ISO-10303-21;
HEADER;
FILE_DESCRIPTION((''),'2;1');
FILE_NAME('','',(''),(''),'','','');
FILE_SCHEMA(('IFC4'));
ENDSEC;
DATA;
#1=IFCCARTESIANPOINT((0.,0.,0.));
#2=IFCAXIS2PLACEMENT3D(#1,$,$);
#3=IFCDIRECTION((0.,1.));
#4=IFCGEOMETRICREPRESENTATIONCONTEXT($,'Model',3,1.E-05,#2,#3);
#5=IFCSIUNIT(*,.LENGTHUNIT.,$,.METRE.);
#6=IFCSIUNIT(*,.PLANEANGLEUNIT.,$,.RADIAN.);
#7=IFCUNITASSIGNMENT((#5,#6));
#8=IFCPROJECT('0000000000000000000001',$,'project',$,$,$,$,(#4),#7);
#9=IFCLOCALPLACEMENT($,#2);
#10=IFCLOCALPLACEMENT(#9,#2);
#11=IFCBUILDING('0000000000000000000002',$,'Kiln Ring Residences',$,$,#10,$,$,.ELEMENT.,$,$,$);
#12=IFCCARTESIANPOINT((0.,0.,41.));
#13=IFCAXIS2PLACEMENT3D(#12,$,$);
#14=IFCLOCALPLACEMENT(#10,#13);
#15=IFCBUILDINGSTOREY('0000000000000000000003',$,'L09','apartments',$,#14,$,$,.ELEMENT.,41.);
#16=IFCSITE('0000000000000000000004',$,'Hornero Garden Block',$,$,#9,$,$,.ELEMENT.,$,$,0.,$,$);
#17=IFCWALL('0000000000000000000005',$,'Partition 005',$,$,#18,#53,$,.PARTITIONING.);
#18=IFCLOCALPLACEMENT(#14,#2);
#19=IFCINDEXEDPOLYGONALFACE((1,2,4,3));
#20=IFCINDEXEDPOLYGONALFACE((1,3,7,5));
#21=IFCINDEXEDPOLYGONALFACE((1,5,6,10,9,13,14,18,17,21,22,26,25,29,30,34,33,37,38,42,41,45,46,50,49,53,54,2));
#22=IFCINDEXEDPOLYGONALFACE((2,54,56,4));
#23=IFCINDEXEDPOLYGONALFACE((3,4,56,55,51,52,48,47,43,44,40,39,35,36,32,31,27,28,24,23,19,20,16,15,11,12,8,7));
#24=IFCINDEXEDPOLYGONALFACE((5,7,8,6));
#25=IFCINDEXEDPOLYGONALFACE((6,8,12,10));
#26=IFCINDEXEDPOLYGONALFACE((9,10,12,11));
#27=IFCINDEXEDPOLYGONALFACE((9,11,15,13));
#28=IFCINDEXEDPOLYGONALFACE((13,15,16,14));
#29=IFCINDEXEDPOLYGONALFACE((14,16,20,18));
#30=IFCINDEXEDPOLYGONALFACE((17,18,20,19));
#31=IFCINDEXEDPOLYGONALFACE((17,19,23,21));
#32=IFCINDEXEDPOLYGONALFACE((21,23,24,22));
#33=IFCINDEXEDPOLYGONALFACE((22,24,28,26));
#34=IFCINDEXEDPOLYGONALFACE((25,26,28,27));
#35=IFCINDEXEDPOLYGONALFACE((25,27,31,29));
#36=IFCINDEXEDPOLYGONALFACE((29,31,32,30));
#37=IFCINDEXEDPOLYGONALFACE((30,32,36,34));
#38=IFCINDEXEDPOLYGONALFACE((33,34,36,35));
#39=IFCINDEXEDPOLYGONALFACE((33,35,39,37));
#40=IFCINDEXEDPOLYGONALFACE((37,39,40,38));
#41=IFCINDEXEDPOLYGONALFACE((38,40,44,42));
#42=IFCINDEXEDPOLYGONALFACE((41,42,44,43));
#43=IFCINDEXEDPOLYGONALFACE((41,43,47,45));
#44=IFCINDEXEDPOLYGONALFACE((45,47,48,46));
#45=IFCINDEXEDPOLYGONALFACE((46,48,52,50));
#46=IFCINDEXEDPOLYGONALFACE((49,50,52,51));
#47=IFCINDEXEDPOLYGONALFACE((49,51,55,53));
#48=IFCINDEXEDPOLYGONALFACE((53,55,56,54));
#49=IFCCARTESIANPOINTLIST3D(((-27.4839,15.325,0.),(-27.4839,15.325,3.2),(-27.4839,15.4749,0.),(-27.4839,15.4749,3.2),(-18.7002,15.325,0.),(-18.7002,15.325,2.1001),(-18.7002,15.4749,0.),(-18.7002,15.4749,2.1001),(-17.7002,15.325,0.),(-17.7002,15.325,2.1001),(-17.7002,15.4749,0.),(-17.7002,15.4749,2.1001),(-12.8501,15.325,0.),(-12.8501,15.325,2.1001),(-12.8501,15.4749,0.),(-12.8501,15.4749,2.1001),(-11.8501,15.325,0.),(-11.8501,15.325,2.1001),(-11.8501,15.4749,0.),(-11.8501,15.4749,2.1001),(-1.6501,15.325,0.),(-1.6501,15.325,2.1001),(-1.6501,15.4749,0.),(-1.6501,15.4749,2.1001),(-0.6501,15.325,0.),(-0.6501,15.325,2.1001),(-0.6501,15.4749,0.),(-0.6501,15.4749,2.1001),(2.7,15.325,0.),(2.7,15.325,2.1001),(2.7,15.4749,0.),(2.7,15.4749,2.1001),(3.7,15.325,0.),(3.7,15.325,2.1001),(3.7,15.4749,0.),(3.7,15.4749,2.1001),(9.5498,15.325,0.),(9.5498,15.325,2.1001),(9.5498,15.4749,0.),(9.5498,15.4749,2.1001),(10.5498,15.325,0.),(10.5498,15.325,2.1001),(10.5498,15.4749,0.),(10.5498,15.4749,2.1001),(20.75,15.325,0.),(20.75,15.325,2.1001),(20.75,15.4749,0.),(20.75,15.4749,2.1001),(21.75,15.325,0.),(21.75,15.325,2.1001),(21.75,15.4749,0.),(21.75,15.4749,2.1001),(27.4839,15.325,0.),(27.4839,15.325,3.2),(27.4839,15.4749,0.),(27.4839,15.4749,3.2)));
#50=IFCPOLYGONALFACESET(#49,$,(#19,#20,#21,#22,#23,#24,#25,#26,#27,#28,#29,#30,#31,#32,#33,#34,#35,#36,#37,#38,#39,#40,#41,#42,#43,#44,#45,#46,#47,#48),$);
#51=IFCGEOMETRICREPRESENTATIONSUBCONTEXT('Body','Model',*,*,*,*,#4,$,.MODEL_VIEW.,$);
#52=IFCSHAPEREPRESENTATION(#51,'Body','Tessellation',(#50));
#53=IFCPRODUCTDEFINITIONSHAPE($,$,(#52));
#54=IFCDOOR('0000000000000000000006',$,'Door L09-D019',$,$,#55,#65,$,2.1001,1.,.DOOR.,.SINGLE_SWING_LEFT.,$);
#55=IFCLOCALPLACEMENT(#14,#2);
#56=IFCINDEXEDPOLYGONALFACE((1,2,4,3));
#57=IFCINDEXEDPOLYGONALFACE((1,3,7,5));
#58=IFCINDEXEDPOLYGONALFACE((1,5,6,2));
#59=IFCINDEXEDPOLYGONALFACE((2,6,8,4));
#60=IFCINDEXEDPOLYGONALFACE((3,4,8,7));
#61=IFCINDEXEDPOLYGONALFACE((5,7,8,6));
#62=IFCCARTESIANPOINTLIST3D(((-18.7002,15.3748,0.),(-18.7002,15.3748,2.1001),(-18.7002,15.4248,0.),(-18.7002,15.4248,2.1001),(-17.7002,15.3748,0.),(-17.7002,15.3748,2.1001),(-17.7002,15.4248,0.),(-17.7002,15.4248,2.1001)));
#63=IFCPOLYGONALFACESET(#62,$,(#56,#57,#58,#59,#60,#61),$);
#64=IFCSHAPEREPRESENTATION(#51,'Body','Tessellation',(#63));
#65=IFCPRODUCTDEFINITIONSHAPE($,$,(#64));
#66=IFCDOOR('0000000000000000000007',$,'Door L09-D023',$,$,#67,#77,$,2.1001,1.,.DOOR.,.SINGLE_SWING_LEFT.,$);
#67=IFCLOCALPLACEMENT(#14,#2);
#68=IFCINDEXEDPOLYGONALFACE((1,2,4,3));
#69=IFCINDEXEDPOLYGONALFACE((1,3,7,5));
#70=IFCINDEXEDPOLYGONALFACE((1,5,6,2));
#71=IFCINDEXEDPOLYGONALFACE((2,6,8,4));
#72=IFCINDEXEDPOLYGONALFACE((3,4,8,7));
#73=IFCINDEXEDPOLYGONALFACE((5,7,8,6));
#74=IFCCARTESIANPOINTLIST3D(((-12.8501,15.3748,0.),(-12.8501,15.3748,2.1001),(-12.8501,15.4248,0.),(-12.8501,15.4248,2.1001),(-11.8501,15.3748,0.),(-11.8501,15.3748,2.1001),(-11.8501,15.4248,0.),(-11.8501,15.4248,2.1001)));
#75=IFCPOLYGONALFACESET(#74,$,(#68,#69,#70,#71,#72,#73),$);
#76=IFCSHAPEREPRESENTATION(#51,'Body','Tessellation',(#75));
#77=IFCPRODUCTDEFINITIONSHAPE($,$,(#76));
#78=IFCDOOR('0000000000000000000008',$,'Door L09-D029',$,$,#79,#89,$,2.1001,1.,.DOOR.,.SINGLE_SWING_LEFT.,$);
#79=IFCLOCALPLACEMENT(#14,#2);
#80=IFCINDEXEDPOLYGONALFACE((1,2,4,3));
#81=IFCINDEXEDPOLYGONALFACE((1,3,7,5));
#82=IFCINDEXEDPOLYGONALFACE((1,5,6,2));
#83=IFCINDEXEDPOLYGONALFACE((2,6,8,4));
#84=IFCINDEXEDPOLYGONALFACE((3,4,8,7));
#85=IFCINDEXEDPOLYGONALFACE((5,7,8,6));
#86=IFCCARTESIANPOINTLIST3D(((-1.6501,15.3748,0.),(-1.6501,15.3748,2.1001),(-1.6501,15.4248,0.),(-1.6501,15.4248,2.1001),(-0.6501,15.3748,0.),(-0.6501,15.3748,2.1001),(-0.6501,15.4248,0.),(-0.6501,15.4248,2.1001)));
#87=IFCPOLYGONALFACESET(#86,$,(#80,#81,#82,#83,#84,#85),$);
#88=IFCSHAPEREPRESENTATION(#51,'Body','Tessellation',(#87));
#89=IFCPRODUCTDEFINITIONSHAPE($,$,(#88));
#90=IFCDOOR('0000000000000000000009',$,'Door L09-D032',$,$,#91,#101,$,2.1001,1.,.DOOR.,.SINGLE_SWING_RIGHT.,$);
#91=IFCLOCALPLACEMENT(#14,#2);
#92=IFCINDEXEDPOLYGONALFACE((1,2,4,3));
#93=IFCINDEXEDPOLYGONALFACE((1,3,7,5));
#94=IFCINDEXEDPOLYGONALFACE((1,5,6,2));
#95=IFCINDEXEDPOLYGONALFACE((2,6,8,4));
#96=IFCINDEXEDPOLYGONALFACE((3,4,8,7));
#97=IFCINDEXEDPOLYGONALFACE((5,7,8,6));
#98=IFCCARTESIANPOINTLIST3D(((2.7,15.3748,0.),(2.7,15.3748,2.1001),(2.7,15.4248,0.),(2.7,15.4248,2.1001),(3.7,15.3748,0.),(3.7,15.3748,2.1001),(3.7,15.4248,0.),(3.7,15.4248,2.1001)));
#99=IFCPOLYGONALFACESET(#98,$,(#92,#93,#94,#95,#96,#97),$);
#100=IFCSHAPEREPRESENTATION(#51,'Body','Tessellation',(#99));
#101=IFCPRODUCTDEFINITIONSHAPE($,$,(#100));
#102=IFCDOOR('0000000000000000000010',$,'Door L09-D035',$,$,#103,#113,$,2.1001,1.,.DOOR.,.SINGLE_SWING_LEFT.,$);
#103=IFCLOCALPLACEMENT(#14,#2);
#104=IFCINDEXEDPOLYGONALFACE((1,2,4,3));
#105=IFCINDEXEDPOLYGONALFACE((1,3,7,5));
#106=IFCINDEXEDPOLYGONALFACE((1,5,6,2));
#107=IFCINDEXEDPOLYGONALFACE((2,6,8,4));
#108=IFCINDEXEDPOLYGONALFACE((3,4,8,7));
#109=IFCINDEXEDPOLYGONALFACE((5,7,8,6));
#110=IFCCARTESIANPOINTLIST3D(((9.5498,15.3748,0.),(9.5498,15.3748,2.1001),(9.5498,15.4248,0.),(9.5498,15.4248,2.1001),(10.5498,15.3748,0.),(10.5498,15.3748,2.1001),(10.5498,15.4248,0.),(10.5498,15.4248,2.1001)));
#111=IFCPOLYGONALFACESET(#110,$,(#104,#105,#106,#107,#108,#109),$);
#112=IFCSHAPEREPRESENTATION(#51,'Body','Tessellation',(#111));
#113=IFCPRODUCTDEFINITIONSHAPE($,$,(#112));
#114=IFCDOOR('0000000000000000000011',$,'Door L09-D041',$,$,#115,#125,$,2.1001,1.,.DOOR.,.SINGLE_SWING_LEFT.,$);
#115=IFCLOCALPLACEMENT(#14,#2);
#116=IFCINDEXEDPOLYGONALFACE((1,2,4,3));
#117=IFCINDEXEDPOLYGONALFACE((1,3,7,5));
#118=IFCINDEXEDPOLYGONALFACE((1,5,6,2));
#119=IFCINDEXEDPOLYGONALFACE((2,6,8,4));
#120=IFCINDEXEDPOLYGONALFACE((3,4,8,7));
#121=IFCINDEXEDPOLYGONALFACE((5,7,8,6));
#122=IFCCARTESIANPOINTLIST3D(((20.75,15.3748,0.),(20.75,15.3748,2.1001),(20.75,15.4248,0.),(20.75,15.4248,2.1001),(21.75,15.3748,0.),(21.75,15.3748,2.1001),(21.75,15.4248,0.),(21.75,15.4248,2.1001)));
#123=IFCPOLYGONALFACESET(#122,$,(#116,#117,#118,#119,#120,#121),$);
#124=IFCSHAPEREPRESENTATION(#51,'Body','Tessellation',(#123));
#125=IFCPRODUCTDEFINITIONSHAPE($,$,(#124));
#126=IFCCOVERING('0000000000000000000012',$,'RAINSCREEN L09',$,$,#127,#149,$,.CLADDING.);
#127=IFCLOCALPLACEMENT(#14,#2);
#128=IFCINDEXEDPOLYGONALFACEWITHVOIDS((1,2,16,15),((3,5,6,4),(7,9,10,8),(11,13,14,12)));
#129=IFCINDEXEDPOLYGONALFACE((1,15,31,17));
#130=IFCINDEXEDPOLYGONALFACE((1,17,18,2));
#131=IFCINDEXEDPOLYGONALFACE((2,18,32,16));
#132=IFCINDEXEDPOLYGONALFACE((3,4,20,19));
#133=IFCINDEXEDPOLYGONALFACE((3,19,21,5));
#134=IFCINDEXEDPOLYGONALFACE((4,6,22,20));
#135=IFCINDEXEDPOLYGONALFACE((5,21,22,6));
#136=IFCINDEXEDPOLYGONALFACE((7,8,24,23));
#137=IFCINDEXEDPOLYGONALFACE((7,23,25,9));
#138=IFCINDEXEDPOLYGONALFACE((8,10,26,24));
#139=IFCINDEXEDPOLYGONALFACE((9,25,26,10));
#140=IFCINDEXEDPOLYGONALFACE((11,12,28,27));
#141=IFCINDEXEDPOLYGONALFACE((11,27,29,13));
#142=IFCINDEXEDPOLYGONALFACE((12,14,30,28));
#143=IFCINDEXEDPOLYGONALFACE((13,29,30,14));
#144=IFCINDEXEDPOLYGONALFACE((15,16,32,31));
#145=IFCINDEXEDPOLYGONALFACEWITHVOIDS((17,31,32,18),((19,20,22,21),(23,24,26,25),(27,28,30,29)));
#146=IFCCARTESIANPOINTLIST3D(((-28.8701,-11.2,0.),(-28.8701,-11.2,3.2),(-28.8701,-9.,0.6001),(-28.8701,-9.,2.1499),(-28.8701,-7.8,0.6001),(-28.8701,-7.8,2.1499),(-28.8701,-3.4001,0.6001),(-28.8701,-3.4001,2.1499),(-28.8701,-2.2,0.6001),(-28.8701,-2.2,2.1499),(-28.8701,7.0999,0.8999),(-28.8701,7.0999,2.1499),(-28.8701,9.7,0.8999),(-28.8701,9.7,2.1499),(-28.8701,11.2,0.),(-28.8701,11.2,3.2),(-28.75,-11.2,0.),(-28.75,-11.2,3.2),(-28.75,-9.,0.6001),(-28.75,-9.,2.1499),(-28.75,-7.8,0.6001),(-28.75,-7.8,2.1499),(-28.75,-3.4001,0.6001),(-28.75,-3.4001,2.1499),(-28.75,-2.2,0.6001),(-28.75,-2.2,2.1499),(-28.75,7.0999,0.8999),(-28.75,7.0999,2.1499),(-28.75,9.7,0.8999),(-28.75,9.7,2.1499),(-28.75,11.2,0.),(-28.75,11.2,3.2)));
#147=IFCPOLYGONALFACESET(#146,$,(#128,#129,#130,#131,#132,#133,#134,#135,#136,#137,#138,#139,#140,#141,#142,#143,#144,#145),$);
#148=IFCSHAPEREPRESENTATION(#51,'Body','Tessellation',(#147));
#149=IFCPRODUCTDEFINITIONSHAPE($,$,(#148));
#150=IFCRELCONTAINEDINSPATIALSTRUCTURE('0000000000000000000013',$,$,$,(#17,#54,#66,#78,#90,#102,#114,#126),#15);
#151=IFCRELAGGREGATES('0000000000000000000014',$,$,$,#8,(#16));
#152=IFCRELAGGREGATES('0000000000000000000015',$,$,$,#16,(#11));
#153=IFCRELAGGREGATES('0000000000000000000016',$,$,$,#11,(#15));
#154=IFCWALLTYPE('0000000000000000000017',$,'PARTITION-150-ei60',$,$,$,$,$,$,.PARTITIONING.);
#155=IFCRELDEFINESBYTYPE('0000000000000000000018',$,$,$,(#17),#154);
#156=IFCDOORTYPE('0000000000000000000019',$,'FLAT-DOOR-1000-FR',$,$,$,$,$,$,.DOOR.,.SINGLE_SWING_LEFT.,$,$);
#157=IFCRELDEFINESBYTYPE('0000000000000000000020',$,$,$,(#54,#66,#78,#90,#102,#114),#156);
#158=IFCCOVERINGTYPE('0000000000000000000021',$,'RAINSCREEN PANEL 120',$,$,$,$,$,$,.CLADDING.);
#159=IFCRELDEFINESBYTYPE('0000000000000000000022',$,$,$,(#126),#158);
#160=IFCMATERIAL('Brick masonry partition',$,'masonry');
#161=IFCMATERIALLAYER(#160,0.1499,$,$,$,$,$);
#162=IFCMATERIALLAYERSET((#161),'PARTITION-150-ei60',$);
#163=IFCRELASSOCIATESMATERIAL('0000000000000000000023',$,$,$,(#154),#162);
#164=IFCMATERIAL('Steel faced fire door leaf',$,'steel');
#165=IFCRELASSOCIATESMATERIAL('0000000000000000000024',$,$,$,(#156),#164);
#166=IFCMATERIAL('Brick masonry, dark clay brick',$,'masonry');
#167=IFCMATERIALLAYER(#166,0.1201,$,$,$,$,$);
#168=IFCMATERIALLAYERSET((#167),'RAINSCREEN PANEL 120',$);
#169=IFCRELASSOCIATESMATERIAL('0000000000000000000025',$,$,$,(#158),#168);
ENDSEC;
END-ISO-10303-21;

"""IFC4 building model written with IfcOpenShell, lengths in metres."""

from ifc_helpers import new_model, si_unit, direction, frame, frame_2d, origin, place, context, subcontext, project, spatial, polyline, rectangle, outline, extrude, material, layer, layer_set, type_object, element, fill, save


model = new_model("IFC4")

# Units and contexts
model_context = context("Model", 3, precision=1e-05, world=origin(), true_north=direction((0.0, 1.0)))
body_context = subcontext(model_context, "Body", "Model", "MODEL_VIEW")
ifc_project = project(units=[si_unit("LENGTHUNIT", "METRE"), si_unit("PLANEANGLEUNIT", "RADIAN")], contexts=[model_context])

# Site, building, storey
site_placement = place(None, origin())
site = spatial("IfcSite", under=ifc_project, at=site_placement, Name="Hornero Garden Block", CompositionType="ELEMENT", RefElevation=0.0)
building_placement = place(site_placement, origin())
building = spatial("IfcBuilding", under=site, at=building_placement, Name="Kiln Ring Residences", CompositionType="ELEMENT")
storey_placement = place(building_placement, frame((0.0, 0.0, 41.0)))
storey = spatial("IfcBuildingStorey", under=building, at=storey_placement, Name="L09", Description="apartments", CompositionType="ELEMENT", Elevation=41.0)

# Wall, openings, doors
ifc_material_1 = material(Name="Brick masonry partition", Category="masonry")
ifc_layer_1 = layer(ifc_material_1, 0.1499)
ifc_layer_set_1 = layer_set([ifc_layer_1], Name="PARTITION-150-ei60")
wall_type_1 = type_object("IfcWallType", Name="PARTITION-150-ei60", PredefinedType="PARTITIONING", material=ifc_layer_set_1)
wall_1_placement = place(storey_placement, frame((-27.4839, 15.3999, 0.0), z_axis=(0.0, 0.0, 1.0), x_axis=(1.0, 0.0, 0.0)))
wall_1 = element("IfcWall", 1, at=wall_1_placement, inside=storey, type_object=wall_type_1, Name="Partition 005", PredefinedType="PARTITIONING", context=body_context, shape_type="SweptSolid", body=[
    extrude(rectangle(XDim=54.9678, YDim=0.1499, at=frame_2d((27.4839, 0.0))), origin(), (0.0, 0.0, 1.0), 3.2),
])
opening_1_placement = place(wall_1_placement, frame((8.7837, 0.0, 0.0)))
opening_1 = element("IfcOpeningElement", 2, at=opening_1_placement, cuts=wall_1, PredefinedType="OPENING", context=body_context, shape_type="SweptSolid", body=[
    extrude(rectangle(XDim=1.0, YDim=2.1001, at=frame_2d((0.5, 1.05))), frame((0.0, 0.085, 0.0), z_axis=(0.0, -1.0, 0.0), x_axis=(1.0, 0.0, 0.0)), (0.0, 0.0, 1.0), 0.1699),
])
opening_2_placement = place(wall_1_placement, frame((14.6338, 0.0, 0.0)))
opening_2 = element("IfcOpeningElement", 3, at=opening_2_placement, cuts=wall_1, PredefinedType="OPENING", context=body_context, shape_type="SweptSolid", body=[
    extrude(rectangle(XDim=1.0, YDim=2.1001, at=frame_2d((0.5, 1.05))), frame((0.0, 0.085, 0.0), z_axis=(0.0, -1.0, 0.0), x_axis=(1.0, 0.0, 0.0)), (0.0, 0.0, 1.0), 0.1699),
])
opening_3_placement = place(wall_1_placement, frame((25.8337, 0.0, 0.0)))
opening_3 = element("IfcOpeningElement", 4, at=opening_3_placement, cuts=wall_1, PredefinedType="OPENING", context=body_context, shape_type="SweptSolid", body=[
    extrude(rectangle(XDim=1.0, YDim=2.1001, at=frame_2d((0.5, 1.05))), frame((0.0, 0.085, 0.0), z_axis=(0.0, -1.0, 0.0), x_axis=(1.0, 0.0, 0.0)), (0.0, 0.0, 1.0), 0.1699),
])
opening_4_placement = place(wall_1_placement, frame((30.1838, 0.0, 0.0)))
opening_4 = element("IfcOpeningElement", 5, at=opening_4_placement, cuts=wall_1, PredefinedType="OPENING", context=body_context, shape_type="SweptSolid", body=[
    extrude(rectangle(XDim=1.0, YDim=2.1001, at=frame_2d((0.5, 1.05))), frame((0.0, 0.085, 0.0), z_axis=(0.0, -1.0, 0.0), x_axis=(1.0, 0.0, 0.0)), (0.0, 0.0, 1.0), 0.1699),
])
opening_5_placement = place(wall_1_placement, frame((37.0337, 0.0, 0.0)))
opening_5 = element("IfcOpeningElement", 6, at=opening_5_placement, cuts=wall_1, PredefinedType="OPENING", context=body_context, shape_type="SweptSolid", body=[
    extrude(rectangle(XDim=1.0, YDim=2.1001, at=frame_2d((0.5, 1.05))), frame((0.0, 0.085, 0.0), z_axis=(0.0, -1.0, 0.0), x_axis=(1.0, 0.0, 0.0)), (0.0, 0.0, 1.0), 0.1699),
])
opening_6_placement = place(wall_1_placement, frame((48.2339, 0.0, 0.0)))
opening_6 = element("IfcOpeningElement", 7, at=opening_6_placement, cuts=wall_1, PredefinedType="OPENING", context=body_context, shape_type="SweptSolid", body=[
    extrude(rectangle(XDim=1.0, YDim=2.1001, at=frame_2d((0.5, 1.05))), frame((0.0, 0.085, 0.0), z_axis=(0.0, -1.0, 0.0), x_axis=(1.0, 0.0, 0.0)), (0.0, 0.0, 1.0), 0.1699),
])
ifc_material_2 = material(Name="Steel faced fire door leaf", Category="steel")
door_type_1 = type_object("IfcDoorType", Name="FLAT-DOOR-1000-FR", OperationType="SINGLE_SWING_LEFT", PredefinedType="DOOR", material=ifc_material_2)
door_1_placement = place(opening_1_placement, origin())
door_1 = element("IfcDoor", 8, at=door_1_placement, inside=storey, type_object=door_type_1, Name="Door L09-D019", OperationType="SINGLE_SWING_LEFT", OverallHeight=2.1001, OverallWidth=1.0, PredefinedType="DOOR", context=body_context, shape_type="SweptSolid", body=[
    extrude(rectangle(XDim=1.0, YDim=2.1001, at=frame_2d((0.5, 1.05))), frame((0.0, 0.0249, 0.0), z_axis=(0.0, -1.0, 0.0), x_axis=(1.0, 0.0, 0.0)), (0.0, 0.0, 1.0), 0.05),
])
fill(opening_1, door_1)
door_2_placement = place(opening_2_placement, origin())
door_2 = element("IfcDoor", 9, at=door_2_placement, inside=storey, type_object=door_type_1, Name="Door L09-D023", OperationType="SINGLE_SWING_LEFT", OverallHeight=2.1001, OverallWidth=1.0, PredefinedType="DOOR", context=body_context, shape_type="SweptSolid", body=[
    extrude(rectangle(XDim=1.0, YDim=2.1001, at=frame_2d((0.5, 1.05))), frame((0.0, 0.0249, 0.0), z_axis=(0.0, -1.0, 0.0), x_axis=(1.0, 0.0, 0.0)), (0.0, 0.0, 1.0), 0.05),
])
fill(opening_2, door_2)
door_3_placement = place(opening_3_placement, origin())
door_3 = element("IfcDoor", 10, at=door_3_placement, inside=storey, type_object=door_type_1, Name="Door L09-D029", OperationType="SINGLE_SWING_LEFT", OverallHeight=2.1001, OverallWidth=1.0, PredefinedType="DOOR", context=body_context, shape_type="SweptSolid", body=[
    extrude(rectangle(XDim=1.0, YDim=2.1001, at=frame_2d((0.5, 1.05))), frame((0.0, 0.0249, 0.0), z_axis=(0.0, -1.0, 0.0), x_axis=(1.0, 0.0, 0.0)), (0.0, 0.0, 1.0), 0.05),
])
fill(opening_3, door_3)
door_4_placement = place(opening_4_placement, origin())
door_4 = element("IfcDoor", 11, at=door_4_placement, inside=storey, type_object=door_type_1, Name="Door L09-D032", OperationType="SINGLE_SWING_RIGHT", OverallHeight=2.1001, OverallWidth=1.0, PredefinedType="DOOR", context=body_context, shape_type="SweptSolid", body=[
    extrude(rectangle(XDim=1.0, YDim=2.1001, at=frame_2d((0.5, 1.05))), frame((0.0, 0.0249, 0.0), z_axis=(0.0, -1.0, 0.0), x_axis=(1.0, 0.0, 0.0)), (0.0, 0.0, 1.0), 0.05),
])
fill(opening_4, door_4)
door_5_placement = place(opening_5_placement, origin())
door_5 = element("IfcDoor", 12, at=door_5_placement, inside=storey, type_object=door_type_1, Name="Door L09-D035", OperationType="SINGLE_SWING_LEFT", OverallHeight=2.1001, OverallWidth=1.0, PredefinedType="DOOR", context=body_context, shape_type="SweptSolid", body=[
    extrude(rectangle(XDim=1.0, YDim=2.1001, at=frame_2d((0.5, 1.05))), frame((0.0, 0.0249, 0.0), z_axis=(0.0, -1.0, 0.0), x_axis=(1.0, 0.0, 0.0)), (0.0, 0.0, 1.0), 0.05),
])
fill(opening_5, door_5)
door_6_placement = place(opening_6_placement, origin())
door_6 = element("IfcDoor", 13, at=door_6_placement, inside=storey, type_object=door_type_1, Name="Door L09-D041", OperationType="SINGLE_SWING_LEFT", OverallHeight=2.1001, OverallWidth=1.0, PredefinedType="DOOR", context=body_context, shape_type="SweptSolid", body=[
    extrude(rectangle(XDim=1.0, YDim=2.1001, at=frame_2d((0.5, 1.05))), frame((0.0, 0.0249, 0.0), z_axis=(0.0, -1.0, 0.0), x_axis=(1.0, 0.0, 0.0)), (0.0, 0.0, 1.0), 0.05),
])
fill(opening_6, door_6)

# Covering
ifc_material_3 = material(Name="Brick masonry, dark clay brick", Category="masonry")
ifc_layer_2 = layer(ifc_material_3, 0.1201)
ifc_layer_set_2 = layer_set([ifc_layer_2], Name="RAINSCREEN PANEL 120")
covering_type = type_object("IfcCoveringType", Name="RAINSCREEN PANEL 120", PredefinedType="CLADDING", material=ifc_layer_set_2)
covering_placement = place(storey_placement, frame((-28.8101, 11.2, 0.0), z_axis=(0.0, 0.0, 1.0), x_axis=(0.0, -1.0, 0.0)))
element("IfcCovering", 14, at=covering_placement, inside=storey, type_object=covering_type, Name="RAINSCREEN L09", PredefinedType="CLADDING", context=body_context, shape_type="SweptSolid", body=[
    extrude(outline(polyline([(0.0, 0.0), (22.3999, 0.0), (22.3999, 3.2), (0.0, 3.2), (0.0, 0.0)]), holes=[polyline([(14.6001, 2.1499), (13.3999, 2.1499), (13.3999, 0.6001), (14.6001, 0.6001), (14.6001, 2.1499)]), polyline([(20.2, 0.6001), (20.2, 2.1499), (19.0, 2.1499), (19.0, 0.6001), (20.2, 0.6001)]), polyline([(4.1001, 0.8999), (4.1001, 2.1499), (1.5, 2.1499), (1.5, 0.8999), (4.1001, 0.8999)])]), frame((0.0, 0.0601, 0.0), z_axis=(0.0, -1.0, 0.0), x_axis=(1.0, 0.0, 0.0)), (0.0, 0.0, 1.0), 0.1201),
])

save(model, "model.ifc")
